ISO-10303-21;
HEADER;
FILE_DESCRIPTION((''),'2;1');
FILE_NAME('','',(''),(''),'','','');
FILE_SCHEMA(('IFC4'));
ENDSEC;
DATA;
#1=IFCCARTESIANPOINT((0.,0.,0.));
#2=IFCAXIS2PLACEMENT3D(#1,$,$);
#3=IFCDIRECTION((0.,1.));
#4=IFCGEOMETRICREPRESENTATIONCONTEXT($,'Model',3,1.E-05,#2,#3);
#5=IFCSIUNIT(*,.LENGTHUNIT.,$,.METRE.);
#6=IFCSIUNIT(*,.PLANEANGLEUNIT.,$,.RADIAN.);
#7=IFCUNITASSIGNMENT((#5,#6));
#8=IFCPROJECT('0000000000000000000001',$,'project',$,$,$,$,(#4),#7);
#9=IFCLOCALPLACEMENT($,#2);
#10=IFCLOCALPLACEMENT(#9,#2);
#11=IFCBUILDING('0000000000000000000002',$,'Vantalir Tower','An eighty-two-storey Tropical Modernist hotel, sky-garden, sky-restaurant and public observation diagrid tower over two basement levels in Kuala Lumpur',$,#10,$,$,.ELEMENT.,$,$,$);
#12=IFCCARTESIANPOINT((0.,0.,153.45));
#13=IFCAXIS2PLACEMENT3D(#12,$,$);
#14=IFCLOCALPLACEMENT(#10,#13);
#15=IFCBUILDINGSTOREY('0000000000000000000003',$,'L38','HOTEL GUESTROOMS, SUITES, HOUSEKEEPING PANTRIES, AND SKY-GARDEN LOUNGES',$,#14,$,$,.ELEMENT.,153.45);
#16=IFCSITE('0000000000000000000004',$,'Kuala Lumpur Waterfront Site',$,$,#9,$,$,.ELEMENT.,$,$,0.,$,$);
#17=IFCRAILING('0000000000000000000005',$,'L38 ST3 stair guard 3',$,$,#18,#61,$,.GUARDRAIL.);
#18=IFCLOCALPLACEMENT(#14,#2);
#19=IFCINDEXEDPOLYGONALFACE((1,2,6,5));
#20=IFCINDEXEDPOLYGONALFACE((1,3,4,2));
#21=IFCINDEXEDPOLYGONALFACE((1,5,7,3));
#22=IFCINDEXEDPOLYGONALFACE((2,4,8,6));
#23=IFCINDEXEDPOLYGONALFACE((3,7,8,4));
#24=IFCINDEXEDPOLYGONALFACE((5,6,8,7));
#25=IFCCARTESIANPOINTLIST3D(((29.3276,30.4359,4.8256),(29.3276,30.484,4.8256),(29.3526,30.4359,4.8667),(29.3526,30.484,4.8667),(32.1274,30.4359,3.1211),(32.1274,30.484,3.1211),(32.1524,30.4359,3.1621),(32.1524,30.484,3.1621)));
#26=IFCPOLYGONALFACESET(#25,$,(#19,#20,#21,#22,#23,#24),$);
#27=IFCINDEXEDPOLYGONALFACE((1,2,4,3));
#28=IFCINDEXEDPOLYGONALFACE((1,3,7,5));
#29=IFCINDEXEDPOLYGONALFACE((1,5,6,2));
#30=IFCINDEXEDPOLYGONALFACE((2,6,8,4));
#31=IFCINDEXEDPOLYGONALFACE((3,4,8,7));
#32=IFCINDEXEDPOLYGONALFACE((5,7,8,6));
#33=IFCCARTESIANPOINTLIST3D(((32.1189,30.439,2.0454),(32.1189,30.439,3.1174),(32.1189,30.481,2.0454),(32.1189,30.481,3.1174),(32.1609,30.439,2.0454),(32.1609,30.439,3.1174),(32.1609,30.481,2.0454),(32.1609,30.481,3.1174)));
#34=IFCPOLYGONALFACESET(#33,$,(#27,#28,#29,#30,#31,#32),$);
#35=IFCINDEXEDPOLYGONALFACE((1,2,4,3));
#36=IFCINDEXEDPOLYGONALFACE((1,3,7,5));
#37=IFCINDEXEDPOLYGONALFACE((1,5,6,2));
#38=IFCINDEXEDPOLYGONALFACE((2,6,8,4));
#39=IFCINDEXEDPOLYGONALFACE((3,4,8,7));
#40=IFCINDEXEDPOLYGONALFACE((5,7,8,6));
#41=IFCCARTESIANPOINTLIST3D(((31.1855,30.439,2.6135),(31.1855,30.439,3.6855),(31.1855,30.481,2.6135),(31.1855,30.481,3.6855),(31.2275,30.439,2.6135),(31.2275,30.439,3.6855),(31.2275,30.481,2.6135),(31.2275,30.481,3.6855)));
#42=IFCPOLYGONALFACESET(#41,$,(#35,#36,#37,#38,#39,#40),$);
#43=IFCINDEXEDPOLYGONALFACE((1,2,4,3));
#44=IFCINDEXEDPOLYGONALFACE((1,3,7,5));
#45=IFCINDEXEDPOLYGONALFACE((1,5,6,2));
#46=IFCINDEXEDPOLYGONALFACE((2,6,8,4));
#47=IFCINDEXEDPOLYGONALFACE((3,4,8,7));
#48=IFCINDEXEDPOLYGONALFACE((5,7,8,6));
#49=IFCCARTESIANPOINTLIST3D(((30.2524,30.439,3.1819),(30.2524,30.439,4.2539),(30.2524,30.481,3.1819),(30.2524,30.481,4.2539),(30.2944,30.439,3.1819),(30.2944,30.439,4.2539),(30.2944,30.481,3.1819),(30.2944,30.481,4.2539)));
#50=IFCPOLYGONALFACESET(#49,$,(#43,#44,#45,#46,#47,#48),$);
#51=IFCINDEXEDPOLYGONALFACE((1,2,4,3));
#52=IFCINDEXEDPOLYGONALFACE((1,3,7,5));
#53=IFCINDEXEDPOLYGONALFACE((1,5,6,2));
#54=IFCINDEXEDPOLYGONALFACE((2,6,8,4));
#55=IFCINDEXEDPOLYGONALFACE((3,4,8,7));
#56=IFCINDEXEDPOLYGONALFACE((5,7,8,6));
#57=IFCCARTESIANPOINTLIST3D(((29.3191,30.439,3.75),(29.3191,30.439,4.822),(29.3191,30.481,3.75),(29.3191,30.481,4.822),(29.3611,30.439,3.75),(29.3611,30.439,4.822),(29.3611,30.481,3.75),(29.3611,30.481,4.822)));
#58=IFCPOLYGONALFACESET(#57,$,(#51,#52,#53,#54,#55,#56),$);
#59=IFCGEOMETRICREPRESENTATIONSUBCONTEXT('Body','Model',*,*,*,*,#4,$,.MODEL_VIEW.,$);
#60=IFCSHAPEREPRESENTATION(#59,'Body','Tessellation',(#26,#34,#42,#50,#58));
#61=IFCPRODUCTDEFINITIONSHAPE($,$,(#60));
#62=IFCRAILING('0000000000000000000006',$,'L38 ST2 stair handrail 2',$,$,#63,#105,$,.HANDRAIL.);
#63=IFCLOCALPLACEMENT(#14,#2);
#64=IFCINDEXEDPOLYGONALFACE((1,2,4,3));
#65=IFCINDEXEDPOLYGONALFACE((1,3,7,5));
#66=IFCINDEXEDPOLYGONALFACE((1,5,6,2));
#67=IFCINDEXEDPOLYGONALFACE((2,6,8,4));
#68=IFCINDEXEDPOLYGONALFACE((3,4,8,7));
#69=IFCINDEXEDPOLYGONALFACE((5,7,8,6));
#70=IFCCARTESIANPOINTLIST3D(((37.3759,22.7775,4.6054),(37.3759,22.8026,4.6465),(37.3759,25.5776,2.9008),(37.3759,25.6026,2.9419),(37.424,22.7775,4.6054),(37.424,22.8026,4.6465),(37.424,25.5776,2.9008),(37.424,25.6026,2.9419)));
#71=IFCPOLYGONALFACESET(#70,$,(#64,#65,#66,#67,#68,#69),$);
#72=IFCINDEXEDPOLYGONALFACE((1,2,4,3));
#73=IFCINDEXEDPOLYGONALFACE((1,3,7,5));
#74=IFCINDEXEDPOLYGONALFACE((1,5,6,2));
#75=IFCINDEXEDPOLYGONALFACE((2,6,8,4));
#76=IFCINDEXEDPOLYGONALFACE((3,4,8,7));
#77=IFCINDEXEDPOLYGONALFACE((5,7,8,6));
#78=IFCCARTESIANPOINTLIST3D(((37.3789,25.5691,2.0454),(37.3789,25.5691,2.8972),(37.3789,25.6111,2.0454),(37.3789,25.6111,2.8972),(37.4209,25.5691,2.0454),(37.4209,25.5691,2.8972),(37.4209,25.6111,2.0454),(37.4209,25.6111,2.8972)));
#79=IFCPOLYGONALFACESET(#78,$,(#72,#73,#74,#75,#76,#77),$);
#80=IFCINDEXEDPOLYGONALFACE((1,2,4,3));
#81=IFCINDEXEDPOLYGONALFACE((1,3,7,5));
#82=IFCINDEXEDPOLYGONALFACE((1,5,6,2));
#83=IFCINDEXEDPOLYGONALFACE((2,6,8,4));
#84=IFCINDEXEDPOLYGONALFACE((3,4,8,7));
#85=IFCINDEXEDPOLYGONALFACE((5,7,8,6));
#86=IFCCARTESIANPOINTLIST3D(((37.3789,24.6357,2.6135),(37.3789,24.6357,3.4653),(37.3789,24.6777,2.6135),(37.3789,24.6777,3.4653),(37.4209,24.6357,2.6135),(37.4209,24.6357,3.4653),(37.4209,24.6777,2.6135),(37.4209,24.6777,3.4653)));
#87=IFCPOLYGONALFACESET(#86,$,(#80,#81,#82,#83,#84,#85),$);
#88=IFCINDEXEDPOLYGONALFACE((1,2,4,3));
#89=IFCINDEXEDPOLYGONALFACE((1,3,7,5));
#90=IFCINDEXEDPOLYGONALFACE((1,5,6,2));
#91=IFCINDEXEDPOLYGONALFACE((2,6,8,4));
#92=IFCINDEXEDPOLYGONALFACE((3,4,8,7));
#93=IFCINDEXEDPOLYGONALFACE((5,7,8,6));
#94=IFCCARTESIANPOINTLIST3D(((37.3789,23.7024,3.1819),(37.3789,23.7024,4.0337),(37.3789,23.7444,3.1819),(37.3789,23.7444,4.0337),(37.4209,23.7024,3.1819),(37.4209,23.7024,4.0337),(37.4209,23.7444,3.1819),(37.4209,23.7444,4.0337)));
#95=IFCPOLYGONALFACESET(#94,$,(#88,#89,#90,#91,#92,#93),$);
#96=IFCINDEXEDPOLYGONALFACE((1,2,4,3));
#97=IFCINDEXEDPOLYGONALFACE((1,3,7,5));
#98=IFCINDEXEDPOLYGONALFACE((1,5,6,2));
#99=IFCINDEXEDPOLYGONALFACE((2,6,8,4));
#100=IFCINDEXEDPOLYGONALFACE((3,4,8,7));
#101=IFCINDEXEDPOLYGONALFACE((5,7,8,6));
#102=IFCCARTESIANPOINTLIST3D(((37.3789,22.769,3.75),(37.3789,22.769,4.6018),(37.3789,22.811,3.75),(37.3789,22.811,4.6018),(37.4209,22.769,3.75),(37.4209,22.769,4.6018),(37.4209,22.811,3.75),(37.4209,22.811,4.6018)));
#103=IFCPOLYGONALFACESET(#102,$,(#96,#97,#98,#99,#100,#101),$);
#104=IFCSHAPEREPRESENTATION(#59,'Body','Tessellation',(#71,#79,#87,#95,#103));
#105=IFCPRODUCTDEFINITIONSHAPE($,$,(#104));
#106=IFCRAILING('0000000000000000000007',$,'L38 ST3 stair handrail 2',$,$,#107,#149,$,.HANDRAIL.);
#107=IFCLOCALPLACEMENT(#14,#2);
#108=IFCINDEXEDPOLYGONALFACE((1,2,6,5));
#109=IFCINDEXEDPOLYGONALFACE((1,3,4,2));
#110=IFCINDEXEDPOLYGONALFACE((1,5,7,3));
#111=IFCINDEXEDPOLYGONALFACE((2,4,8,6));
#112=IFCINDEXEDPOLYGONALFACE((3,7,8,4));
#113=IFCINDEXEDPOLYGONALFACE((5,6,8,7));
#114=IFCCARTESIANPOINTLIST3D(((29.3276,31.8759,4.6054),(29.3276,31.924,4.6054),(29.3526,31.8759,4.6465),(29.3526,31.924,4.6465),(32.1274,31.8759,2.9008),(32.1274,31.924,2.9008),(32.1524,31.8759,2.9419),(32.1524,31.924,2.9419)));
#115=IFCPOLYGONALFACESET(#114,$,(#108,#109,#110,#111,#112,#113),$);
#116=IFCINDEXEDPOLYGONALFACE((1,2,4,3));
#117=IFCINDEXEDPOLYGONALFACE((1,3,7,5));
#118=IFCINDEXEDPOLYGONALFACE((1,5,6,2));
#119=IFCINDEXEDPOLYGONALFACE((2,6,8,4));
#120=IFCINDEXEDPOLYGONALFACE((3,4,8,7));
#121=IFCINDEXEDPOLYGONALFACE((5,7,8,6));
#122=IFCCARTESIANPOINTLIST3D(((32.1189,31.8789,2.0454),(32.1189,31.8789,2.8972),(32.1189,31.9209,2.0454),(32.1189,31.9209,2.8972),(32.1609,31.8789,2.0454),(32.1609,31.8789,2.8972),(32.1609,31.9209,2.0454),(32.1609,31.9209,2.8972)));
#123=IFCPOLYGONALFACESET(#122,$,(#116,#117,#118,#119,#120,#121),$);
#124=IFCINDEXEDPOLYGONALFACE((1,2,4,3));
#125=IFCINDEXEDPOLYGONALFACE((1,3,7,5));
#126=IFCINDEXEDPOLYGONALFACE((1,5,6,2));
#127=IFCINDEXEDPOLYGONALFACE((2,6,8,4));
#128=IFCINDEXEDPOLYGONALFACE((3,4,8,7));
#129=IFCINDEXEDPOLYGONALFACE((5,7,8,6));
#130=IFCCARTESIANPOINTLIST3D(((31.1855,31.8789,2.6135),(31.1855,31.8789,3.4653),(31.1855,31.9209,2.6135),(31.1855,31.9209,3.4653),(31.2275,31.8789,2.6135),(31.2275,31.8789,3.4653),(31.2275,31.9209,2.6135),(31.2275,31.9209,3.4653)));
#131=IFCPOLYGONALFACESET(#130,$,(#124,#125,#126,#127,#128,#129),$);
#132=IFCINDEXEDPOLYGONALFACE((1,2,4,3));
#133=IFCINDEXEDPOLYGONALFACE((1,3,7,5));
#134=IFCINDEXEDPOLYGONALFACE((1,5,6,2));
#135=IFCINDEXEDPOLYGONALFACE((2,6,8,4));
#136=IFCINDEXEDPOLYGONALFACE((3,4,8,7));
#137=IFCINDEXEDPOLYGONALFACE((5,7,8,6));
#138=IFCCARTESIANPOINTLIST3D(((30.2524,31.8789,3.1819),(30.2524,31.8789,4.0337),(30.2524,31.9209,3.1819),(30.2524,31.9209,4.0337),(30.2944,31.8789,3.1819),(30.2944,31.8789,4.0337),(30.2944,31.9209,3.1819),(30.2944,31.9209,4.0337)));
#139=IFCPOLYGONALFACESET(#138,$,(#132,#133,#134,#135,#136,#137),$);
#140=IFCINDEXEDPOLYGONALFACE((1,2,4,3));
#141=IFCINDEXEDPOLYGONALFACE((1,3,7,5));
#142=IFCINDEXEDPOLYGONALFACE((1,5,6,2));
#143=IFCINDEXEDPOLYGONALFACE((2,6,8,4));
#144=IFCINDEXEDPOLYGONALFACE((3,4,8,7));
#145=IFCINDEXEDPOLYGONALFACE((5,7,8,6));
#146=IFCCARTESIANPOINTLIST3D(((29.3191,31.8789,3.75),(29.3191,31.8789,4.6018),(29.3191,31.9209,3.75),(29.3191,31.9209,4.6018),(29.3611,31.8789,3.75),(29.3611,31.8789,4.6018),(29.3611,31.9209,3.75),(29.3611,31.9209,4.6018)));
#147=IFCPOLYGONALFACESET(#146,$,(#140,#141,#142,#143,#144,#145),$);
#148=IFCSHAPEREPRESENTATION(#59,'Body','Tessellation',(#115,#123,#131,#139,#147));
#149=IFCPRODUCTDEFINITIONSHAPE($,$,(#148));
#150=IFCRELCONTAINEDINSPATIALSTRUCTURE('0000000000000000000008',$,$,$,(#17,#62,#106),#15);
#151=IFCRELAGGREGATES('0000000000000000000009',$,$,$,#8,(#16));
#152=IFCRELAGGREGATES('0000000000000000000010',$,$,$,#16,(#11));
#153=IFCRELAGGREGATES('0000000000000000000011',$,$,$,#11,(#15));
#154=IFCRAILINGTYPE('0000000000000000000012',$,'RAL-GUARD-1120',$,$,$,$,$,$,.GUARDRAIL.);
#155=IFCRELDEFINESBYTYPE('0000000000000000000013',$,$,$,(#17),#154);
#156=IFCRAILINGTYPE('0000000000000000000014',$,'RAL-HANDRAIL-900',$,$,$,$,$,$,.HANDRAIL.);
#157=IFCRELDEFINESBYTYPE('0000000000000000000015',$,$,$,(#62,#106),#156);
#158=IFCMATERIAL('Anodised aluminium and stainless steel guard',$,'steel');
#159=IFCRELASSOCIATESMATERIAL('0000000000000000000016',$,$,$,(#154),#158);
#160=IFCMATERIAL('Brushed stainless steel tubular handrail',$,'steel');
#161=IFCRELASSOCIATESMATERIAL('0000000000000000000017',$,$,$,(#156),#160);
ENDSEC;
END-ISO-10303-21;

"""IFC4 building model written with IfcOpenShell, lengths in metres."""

from ifc_helpers import new_model, si_unit, direction, frame, origin, origin_2d, place, context, subcontext, project, spatial, rectangle, extrude, material, type_object, element, save


model = new_model("IFC4")

# Units and contexts
model_context = context("Model", 3, precision=1e-05, world=origin(), true_north=direction((0.0, 1.0)))
body_context = subcontext(model_context, "Body", "Model", "MODEL_VIEW")
ifc_project = project(units=[si_unit("LENGTHUNIT", "METRE"), si_unit("PLANEANGLEUNIT", "RADIAN")], contexts=[model_context])

# Site, building, storey
site_placement = place(None, origin())
site = spatial("IfcSite", under=ifc_project, at=site_placement, Name="Kuala Lumpur Waterfront Site", CompositionType="ELEMENT", RefElevation=0.0)
building_placement = place(site_placement, origin())
building = spatial("IfcBuilding", under=site, at=building_placement, Name="Vantalir Tower", Description="An eighty-two-storey Tropical Modernist hotel, sky-garden, sky-restaurant and public observation diagrid tower over two basement levels in Kuala Lumpur", CompositionType="ELEMENT")
storey_placement = place(building_placement, frame((0.0, 0.0, 153.45)))
storey = spatial("IfcBuildingStorey", under=building, at=storey_placement, Name="L38", Description="HOTEL GUESTROOMS, SUITES, HOUSEKEEPING PANTRIES, AND SKY-GARDEN LOUNGES", CompositionType="ELEMENT", Elevation=153.45)

# Railings
ifc_material_1 = material(Name="Anodised aluminium and stainless steel guard", Category="steel")
railing_type_1 = type_object("IfcRailingType", Name="RAL-GUARD-1120", PredefinedType="GUARDRAIL", material=ifc_material_1)
railing_1_placement = place(storey_placement, frame((32.1399, 30.46, 2.0454)))
element("IfcRailing", 1, at=railing_1_placement, inside=storey, type_object=railing_type_1, Name="L38 ST3 stair guard 3", PredefinedType="GUARDRAIL", context=body_context, shape_type="SweptSolid", body=[
    extrude(rectangle(XDim=0.0481, YDim=0.0481, at=origin_2d()), frame((0.0, 0.0, 1.0962), z_axis=(-0.85415, 0.0, 0.520027), x_axis=(0.0, -1.0, 0.0)), (0.0, 0.0, 1.0), 3.2778),
    extrude(rectangle(XDim=0.042, YDim=0.042, at=origin_2d()), origin(), (0.0, 0.0, 1.0), 1.072),
    extrude(rectangle(XDim=0.042, YDim=0.042, at=origin_2d()), frame((-0.9333, 0.0, 0.5681)), (0.0, 0.0, 1.0), 1.072),
    extrude(rectangle(XDim=0.042, YDim=0.042, at=origin_2d()), frame((-1.8665, 0.0, 1.1365)), (0.0, 0.0, 1.0), 1.072),
    extrude(rectangle(XDim=0.042, YDim=0.042, at=origin_2d()), frame((-2.7998, 0.0, 1.7046)), (0.0, 0.0, 1.0), 1.072),
])
ifc_material_2 = material(Name="Brushed stainless steel tubular handrail", Category="steel")
railing_type_2 = type_object("IfcRailingType", Name="RAL-HANDRAIL-900", PredefinedType="HANDRAIL", material=ifc_material_2)
railing_2_placement = place(storey_placement, frame((37.3999, 25.5901, 2.0454)))
element("IfcRailing", 2, at=railing_2_placement, inside=storey, type_object=railing_type_2, Name="L38 ST2 stair handrail 2", PredefinedType="HANDRAIL", context=body_context, shape_type="SweptSolid", body=[
    extrude(rectangle(XDim=0.0481, YDim=0.0481, at=origin_2d()), frame((0.0, 0.0, 0.876), z_axis=(0.0, -0.85417, 0.519994), x_axis=(1.0, 0.0, 0.0)), (0.0, 0.0, 1.0), 3.2781),
    extrude(rectangle(XDim=0.042, YDim=0.042, at=origin_2d()), origin(), (0.0, 0.0, 1.0), 0.8518),
    extrude(rectangle(XDim=0.042, YDim=0.042, at=origin_2d()), frame((0.0, -0.9333, 0.5681)), (0.0, 0.0, 1.0), 0.8518),
    extrude(rectangle(XDim=0.042, YDim=0.042, at=origin_2d()), frame((0.0, -1.8667, 1.1365)), (0.0, 0.0, 1.0), 0.8518),
    extrude(rectangle(XDim=0.042, YDim=0.042, at=origin_2d()), frame((0.0, -2.8, 1.7046)), (0.0, 0.0, 1.0), 0.8518),
])
railing_3_placement = place(storey_placement, frame((32.1399, 31.8999, 2.0454)))
element("IfcRailing", 3, at=railing_3_placement, inside=storey, type_object=railing_type_2, Name="L38 ST3 stair handrail 2", PredefinedType="HANDRAIL", context=body_context, shape_type="SweptSolid", body=[
    extrude(rectangle(XDim=0.0481, YDim=0.0481, at=origin_2d()), frame((0.0, 0.0, 0.876), z_axis=(-0.85415, 0.0, 0.520027), x_axis=(0.0, -1.0, 0.0)), (0.0, 0.0, 1.0), 3.2778),
    extrude(rectangle(XDim=0.042, YDim=0.042, at=origin_2d()), origin(), (0.0, 0.0, 1.0), 0.8518),
    extrude(rectangle(XDim=0.042, YDim=0.042, at=origin_2d()), frame((-0.9333, 0.0, 0.5681)), (0.0, 0.0, 1.0), 0.8518),
    extrude(rectangle(XDim=0.042, YDim=0.042, at=origin_2d()), frame((-1.8665, 0.0, 1.1365)), (0.0, 0.0, 1.0), 0.8518),
    extrude(rectangle(XDim=0.042, YDim=0.042, at=origin_2d()), frame((-2.7998, 0.0, 1.7046)), (0.0, 0.0, 1.0), 0.8518),
])

save(model, "model.ifc")
